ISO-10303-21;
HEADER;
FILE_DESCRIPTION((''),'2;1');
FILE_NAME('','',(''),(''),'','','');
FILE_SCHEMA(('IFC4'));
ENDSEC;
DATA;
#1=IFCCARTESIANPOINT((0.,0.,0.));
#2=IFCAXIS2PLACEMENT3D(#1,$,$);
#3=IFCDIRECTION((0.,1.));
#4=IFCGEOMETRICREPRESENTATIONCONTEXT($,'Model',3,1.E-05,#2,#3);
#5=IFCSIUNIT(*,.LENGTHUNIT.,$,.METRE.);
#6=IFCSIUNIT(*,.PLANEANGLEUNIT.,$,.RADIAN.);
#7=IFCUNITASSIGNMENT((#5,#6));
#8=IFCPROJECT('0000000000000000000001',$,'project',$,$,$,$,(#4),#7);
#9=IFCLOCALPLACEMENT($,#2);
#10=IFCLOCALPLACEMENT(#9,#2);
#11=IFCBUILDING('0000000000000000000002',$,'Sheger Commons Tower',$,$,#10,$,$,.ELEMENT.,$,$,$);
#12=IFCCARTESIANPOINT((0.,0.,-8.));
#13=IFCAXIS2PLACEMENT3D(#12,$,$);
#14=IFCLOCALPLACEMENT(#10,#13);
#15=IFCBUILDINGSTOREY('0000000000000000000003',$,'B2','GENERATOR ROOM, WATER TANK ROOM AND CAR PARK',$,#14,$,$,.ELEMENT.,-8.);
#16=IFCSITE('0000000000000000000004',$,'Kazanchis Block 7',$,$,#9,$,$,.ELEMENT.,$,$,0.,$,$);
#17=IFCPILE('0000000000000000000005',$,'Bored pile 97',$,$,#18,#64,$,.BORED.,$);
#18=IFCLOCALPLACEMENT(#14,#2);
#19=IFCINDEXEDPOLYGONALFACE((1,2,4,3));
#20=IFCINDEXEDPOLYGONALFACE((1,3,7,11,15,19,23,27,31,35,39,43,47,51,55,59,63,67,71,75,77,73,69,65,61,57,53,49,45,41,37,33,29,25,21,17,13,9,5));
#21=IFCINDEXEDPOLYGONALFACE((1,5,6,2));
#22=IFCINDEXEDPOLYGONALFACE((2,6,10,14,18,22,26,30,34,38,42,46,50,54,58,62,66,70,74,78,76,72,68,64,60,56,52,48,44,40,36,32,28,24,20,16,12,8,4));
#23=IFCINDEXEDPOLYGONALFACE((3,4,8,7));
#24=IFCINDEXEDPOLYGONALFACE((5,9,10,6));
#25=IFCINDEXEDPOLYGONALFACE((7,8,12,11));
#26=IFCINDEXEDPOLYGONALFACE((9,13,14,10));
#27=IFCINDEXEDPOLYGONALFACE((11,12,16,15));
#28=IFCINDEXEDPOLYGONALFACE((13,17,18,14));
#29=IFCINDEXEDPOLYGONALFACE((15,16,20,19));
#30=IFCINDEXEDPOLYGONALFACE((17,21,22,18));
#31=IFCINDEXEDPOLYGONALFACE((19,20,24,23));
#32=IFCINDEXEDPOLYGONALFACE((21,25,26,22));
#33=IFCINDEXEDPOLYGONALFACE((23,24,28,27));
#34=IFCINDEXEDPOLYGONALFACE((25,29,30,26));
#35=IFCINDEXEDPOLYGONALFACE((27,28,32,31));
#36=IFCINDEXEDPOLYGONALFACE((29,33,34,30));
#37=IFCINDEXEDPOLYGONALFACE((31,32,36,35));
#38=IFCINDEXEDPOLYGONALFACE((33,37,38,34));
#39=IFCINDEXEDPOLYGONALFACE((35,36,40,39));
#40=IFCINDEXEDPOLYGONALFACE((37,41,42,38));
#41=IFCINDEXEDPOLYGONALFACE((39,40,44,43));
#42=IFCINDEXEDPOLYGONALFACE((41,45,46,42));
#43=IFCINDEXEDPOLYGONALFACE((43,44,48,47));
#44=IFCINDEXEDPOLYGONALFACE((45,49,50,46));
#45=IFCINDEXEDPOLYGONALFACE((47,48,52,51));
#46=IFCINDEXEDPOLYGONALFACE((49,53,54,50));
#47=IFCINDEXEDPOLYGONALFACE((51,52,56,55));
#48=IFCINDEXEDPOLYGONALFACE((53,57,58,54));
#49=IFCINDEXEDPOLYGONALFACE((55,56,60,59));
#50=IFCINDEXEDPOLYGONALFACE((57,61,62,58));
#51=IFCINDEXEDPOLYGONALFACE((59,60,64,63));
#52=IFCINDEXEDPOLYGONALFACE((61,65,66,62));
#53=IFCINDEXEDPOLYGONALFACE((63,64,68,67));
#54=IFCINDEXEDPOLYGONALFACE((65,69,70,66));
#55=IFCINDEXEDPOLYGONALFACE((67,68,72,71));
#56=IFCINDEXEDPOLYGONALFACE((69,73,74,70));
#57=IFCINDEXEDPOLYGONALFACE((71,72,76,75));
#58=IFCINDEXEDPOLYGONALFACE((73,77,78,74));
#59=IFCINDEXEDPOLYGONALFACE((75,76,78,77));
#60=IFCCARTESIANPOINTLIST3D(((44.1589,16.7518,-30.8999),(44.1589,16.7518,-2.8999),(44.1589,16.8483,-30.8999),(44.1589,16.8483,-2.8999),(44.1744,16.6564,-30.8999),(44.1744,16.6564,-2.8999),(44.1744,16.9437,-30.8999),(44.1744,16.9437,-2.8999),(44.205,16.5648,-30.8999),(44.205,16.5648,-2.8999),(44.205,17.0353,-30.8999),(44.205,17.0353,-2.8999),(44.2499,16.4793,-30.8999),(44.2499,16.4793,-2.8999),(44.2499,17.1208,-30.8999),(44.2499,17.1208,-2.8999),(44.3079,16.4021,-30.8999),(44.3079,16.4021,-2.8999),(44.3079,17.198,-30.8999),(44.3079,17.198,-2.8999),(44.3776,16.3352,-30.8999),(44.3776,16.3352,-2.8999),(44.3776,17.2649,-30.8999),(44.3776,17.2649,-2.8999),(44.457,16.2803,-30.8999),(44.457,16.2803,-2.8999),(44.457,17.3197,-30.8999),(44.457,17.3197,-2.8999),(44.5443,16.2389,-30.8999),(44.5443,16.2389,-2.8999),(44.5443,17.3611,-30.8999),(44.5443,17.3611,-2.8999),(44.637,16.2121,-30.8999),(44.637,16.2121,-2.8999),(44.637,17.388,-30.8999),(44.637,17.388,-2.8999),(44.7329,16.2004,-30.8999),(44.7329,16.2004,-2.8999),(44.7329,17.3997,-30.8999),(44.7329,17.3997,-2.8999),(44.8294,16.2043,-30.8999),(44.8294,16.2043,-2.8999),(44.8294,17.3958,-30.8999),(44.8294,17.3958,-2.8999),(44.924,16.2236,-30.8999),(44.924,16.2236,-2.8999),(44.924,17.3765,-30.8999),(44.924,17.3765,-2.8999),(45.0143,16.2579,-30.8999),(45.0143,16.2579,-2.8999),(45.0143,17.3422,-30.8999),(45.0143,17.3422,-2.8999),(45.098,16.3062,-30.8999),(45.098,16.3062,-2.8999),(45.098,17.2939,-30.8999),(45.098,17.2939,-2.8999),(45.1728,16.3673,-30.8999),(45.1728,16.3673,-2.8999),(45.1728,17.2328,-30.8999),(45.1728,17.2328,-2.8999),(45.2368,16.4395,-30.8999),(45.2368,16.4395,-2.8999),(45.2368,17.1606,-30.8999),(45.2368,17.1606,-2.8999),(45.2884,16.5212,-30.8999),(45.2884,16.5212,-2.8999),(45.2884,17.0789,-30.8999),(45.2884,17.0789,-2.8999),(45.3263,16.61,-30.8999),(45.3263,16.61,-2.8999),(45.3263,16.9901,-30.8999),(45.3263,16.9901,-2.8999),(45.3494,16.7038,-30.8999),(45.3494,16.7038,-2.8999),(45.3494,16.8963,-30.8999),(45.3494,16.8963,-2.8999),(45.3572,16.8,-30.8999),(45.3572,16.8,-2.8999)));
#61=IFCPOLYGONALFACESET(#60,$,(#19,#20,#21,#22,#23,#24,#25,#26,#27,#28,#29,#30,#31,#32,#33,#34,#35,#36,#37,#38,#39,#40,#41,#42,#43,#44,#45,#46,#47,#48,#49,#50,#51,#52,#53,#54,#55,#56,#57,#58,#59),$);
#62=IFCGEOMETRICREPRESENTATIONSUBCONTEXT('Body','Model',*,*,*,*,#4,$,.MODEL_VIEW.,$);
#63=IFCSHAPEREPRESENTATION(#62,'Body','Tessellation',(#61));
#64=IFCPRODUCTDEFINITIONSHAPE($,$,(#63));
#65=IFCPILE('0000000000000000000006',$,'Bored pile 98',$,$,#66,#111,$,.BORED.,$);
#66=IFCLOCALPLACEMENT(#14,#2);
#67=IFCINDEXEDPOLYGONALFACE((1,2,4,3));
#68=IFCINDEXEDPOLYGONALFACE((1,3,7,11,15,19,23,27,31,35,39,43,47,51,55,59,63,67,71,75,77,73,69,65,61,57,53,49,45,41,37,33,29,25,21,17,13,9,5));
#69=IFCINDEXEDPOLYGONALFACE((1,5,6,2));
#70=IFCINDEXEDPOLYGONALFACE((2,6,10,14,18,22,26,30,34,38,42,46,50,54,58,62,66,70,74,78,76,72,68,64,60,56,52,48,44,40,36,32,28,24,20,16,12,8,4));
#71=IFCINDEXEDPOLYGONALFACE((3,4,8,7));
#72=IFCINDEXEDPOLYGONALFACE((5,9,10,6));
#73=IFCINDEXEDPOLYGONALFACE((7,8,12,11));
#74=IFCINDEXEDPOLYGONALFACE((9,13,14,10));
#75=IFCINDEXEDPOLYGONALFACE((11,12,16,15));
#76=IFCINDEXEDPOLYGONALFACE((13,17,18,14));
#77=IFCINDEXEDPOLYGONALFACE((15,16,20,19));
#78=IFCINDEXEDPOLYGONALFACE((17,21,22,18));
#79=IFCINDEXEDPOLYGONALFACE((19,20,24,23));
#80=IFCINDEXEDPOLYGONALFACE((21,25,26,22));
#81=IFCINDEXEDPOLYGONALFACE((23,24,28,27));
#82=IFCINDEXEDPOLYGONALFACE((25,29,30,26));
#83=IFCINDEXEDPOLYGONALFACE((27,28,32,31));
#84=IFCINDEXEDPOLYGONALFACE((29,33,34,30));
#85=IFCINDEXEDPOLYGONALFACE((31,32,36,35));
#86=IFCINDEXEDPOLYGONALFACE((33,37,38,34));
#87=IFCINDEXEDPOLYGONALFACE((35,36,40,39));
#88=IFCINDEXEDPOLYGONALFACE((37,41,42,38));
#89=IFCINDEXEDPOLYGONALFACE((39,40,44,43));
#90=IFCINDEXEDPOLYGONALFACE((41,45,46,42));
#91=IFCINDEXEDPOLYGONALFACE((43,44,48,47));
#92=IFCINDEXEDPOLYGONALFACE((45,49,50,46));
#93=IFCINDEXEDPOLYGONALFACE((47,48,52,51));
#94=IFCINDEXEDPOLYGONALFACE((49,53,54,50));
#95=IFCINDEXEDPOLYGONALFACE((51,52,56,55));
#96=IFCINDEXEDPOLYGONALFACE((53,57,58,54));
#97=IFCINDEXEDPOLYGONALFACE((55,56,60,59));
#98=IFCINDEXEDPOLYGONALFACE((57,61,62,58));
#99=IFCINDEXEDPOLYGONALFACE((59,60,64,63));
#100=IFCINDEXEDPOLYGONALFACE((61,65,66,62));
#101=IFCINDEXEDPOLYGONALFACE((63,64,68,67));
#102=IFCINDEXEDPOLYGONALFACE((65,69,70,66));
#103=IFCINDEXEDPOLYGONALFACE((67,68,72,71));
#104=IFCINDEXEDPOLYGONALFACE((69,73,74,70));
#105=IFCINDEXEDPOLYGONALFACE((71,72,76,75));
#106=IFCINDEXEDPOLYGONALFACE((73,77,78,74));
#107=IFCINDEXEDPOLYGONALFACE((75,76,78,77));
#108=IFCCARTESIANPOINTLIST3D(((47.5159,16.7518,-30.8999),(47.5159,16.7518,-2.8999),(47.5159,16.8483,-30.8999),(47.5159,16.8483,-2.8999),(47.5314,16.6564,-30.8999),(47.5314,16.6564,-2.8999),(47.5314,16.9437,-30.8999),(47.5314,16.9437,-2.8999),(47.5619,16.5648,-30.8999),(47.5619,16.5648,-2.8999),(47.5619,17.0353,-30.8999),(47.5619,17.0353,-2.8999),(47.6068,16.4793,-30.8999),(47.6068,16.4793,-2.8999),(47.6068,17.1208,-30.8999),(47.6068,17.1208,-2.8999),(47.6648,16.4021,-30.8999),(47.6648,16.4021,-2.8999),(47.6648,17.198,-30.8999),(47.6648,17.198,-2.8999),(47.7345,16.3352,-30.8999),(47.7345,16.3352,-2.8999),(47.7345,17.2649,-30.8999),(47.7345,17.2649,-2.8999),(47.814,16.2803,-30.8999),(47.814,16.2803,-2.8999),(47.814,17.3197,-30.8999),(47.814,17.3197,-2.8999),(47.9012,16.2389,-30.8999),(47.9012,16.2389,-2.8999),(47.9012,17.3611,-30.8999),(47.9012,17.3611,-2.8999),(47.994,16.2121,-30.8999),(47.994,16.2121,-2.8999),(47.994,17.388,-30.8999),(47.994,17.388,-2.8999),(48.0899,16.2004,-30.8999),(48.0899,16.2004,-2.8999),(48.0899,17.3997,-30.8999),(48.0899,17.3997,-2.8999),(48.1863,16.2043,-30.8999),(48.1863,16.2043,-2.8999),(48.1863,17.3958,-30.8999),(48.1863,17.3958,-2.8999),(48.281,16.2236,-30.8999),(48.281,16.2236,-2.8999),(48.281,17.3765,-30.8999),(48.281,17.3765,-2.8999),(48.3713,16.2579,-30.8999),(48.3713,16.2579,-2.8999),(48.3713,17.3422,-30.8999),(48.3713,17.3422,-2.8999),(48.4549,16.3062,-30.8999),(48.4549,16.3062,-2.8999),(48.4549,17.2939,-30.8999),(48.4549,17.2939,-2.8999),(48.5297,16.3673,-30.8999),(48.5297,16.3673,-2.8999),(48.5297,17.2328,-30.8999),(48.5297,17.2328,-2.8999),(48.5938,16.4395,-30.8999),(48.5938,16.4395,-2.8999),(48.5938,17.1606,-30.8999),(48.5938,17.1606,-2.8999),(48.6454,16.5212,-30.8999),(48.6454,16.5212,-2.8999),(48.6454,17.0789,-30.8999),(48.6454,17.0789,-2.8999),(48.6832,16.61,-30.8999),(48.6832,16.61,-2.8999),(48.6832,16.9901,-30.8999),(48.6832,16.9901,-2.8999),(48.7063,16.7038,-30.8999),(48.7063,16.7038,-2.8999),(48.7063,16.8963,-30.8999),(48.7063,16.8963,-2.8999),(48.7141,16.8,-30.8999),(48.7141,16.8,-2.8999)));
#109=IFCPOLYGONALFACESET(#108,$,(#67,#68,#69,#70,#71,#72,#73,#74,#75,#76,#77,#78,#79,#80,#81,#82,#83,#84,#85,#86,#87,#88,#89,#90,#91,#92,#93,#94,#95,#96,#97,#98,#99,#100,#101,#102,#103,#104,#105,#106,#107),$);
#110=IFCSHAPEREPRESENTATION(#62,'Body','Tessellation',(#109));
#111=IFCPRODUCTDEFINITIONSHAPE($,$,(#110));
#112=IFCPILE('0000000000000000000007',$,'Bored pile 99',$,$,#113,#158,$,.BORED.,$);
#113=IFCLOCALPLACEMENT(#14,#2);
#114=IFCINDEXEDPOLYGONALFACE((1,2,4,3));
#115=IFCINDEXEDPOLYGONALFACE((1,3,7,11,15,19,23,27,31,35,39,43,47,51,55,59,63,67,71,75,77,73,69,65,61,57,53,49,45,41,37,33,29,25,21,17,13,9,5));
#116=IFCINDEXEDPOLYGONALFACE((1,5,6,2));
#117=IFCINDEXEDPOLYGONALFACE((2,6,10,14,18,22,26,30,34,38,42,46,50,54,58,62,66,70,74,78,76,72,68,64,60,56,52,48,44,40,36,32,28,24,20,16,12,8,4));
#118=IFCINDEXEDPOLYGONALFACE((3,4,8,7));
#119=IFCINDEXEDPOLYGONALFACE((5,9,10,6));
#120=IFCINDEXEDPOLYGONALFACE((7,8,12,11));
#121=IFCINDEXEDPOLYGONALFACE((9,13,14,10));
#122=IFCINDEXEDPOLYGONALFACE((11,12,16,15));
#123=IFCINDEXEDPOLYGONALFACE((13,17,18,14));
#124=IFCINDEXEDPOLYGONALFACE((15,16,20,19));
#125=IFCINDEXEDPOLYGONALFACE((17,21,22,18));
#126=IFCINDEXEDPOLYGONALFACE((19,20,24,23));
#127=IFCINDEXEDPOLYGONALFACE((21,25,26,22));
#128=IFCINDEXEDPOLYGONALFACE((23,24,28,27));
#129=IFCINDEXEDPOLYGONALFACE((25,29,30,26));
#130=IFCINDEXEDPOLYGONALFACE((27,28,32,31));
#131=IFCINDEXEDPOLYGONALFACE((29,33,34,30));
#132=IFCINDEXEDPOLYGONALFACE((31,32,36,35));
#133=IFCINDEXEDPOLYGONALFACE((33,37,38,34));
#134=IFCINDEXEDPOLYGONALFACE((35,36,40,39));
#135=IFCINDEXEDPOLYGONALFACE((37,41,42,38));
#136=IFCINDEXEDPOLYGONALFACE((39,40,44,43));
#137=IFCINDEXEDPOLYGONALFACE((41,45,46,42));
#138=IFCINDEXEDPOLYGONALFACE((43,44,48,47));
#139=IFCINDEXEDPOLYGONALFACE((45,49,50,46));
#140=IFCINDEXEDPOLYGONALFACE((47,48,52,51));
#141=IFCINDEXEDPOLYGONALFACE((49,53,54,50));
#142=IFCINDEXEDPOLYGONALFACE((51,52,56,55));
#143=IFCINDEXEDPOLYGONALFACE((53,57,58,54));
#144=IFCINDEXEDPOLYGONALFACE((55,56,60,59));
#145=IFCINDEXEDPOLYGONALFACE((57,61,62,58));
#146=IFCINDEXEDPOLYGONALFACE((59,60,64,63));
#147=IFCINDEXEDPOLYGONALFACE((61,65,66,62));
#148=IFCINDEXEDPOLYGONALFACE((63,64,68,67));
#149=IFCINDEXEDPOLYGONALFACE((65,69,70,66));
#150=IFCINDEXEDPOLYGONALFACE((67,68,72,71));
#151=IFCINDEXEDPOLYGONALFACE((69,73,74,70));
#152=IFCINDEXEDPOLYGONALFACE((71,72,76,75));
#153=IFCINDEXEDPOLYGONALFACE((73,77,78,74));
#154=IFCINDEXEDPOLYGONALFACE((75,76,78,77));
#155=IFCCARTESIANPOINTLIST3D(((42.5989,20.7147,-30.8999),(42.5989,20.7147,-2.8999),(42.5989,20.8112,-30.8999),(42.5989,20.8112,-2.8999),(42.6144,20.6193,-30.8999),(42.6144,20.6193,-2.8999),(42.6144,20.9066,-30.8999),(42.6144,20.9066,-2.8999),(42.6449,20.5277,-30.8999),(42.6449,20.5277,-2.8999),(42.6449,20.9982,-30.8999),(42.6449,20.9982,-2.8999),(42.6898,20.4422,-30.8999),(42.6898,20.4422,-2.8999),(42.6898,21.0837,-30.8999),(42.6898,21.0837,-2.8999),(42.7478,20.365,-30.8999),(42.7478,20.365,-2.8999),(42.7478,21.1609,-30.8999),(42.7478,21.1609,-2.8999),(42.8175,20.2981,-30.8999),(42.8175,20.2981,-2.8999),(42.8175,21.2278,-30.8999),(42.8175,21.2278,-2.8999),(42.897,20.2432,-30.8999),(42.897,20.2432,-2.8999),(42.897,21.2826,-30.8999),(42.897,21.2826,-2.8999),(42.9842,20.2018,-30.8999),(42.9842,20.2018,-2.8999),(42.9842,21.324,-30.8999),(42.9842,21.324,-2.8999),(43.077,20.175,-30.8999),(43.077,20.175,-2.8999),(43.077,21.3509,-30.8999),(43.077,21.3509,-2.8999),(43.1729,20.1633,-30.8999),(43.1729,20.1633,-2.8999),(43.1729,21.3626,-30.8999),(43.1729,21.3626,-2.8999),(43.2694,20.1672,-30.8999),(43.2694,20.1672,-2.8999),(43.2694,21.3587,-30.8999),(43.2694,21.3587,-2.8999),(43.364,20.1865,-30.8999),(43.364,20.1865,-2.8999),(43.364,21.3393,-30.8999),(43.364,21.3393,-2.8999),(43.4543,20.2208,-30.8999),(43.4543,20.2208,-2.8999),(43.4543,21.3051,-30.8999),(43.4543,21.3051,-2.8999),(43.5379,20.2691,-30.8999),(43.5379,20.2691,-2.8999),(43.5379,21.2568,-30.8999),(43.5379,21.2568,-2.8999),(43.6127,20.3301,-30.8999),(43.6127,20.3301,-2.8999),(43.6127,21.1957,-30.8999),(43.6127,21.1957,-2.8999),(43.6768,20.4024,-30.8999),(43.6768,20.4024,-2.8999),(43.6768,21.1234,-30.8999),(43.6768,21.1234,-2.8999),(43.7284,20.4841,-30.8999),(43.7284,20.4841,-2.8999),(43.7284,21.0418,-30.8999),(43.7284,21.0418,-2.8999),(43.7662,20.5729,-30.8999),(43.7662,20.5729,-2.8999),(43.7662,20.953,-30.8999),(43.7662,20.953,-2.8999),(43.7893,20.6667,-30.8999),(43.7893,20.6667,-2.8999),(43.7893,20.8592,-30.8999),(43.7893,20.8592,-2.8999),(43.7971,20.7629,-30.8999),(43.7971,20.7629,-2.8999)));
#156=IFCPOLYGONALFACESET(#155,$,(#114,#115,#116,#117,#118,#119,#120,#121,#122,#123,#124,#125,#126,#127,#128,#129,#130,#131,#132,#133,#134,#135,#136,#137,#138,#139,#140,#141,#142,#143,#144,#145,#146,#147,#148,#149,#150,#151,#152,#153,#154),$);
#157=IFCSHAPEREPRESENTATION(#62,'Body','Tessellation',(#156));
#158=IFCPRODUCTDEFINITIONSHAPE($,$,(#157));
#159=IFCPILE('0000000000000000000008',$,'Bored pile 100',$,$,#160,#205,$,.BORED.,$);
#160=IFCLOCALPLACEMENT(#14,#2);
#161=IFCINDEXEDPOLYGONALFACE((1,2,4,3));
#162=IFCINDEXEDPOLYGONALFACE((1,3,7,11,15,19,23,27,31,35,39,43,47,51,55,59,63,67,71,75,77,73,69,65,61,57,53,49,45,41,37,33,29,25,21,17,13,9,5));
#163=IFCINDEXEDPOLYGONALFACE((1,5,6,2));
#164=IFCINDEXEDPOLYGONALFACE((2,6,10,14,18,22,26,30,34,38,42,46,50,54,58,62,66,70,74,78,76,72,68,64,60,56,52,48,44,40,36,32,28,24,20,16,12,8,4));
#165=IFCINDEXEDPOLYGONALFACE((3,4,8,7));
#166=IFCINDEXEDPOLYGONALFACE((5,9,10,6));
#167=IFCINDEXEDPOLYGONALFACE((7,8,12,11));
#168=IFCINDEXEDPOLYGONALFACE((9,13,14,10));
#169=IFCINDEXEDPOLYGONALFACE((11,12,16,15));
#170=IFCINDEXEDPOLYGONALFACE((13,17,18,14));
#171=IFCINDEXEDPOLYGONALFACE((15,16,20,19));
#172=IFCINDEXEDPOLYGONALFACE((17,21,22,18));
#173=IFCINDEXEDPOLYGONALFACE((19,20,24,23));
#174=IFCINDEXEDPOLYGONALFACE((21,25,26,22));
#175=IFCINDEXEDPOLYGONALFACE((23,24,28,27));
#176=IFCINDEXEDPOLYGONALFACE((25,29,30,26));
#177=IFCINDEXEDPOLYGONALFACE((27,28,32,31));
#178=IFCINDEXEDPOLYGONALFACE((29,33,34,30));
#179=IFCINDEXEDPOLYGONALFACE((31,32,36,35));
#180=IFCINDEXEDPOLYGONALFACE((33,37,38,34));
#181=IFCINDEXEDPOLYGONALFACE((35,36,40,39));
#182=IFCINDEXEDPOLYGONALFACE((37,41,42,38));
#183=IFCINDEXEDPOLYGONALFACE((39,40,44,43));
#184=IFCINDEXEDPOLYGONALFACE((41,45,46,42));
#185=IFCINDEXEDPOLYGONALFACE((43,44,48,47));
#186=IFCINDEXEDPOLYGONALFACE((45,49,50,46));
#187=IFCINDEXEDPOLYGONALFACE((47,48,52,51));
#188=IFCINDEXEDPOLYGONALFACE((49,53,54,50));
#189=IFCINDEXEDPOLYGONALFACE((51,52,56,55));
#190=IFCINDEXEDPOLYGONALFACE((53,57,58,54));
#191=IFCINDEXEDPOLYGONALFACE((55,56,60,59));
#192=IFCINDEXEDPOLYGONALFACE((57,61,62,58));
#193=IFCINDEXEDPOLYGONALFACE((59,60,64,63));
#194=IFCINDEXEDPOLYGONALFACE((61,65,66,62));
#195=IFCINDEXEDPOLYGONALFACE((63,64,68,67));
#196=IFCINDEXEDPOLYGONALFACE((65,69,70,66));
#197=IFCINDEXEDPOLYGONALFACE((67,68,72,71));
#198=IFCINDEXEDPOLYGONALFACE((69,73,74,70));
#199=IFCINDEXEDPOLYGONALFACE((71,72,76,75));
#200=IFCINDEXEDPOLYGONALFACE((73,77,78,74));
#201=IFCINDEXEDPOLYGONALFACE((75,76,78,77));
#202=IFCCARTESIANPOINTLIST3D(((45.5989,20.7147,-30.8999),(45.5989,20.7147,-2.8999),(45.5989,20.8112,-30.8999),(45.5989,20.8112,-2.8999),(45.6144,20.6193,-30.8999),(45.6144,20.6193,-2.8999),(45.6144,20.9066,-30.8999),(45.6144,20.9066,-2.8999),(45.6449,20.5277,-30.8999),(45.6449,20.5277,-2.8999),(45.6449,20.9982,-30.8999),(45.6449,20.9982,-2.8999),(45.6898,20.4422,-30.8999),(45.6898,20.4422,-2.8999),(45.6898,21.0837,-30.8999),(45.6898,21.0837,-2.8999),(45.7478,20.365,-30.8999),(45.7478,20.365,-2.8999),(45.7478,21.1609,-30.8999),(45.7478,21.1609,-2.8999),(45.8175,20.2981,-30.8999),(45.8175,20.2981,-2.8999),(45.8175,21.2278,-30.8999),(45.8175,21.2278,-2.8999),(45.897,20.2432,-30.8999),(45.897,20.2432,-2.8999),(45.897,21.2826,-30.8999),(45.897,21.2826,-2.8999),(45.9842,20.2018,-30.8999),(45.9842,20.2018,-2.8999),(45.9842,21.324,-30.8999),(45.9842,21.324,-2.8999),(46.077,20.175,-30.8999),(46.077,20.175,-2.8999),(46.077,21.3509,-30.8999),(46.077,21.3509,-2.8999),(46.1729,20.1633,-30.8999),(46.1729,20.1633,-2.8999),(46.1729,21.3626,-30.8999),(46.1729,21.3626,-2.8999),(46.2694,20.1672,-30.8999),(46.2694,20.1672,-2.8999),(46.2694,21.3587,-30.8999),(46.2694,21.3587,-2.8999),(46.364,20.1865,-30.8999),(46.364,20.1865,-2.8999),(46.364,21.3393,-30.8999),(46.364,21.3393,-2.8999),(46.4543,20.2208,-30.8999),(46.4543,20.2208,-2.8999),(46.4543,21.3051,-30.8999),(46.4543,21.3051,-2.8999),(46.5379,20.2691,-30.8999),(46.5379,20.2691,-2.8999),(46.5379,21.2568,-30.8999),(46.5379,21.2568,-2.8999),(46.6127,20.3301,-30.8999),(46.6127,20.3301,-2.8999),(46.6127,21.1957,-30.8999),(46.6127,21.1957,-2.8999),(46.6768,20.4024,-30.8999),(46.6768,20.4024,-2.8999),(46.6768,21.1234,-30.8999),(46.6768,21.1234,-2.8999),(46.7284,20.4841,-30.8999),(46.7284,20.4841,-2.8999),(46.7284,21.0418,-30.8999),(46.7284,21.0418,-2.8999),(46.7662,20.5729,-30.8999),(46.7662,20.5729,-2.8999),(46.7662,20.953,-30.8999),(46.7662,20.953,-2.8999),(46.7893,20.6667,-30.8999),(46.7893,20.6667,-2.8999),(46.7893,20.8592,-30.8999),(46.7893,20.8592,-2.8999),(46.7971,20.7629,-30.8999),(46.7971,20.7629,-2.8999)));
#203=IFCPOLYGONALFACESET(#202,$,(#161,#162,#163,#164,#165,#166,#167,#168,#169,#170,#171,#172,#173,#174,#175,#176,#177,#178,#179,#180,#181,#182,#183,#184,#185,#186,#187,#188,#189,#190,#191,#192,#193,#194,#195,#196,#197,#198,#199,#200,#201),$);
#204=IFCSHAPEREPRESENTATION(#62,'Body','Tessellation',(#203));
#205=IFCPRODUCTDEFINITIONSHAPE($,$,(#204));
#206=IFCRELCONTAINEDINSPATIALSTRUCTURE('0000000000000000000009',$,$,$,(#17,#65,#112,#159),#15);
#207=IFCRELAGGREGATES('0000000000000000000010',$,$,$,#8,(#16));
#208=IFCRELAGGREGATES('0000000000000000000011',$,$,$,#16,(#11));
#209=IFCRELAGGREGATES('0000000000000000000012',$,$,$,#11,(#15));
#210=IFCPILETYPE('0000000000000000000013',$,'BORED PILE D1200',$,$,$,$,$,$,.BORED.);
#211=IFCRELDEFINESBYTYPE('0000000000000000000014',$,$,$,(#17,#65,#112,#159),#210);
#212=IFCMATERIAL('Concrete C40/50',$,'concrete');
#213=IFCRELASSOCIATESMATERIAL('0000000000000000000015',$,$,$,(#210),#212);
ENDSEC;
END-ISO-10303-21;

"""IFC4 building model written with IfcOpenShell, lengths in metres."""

from ifc_helpers import new_model, si_unit, direction, frame, origin, origin_2d, place, context, subcontext, project, spatial, circle, extrude, material, material_profile, profile_set, type_object, element, save


model = new_model("IFC4")

# Units and contexts
model_context = context("Model", 3, precision=1e-05, world=origin(), true_north=direction((0.0, 1.0)))
body_context = subcontext(model_context, "Body", "Model", "MODEL_VIEW")
ifc_project = project(units=[si_unit("LENGTHUNIT", "METRE"), si_unit("PLANEANGLEUNIT", "RADIAN")], contexts=[model_context])

# Site, building, storey
site_placement = place(None, origin())
site = spatial("IfcSite", under=ifc_project, at=site_placement, Name="Kazanchis Block 7", CompositionType="ELEMENT", RefElevation=0.0)
building_placement = place(site_placement, origin())
building = spatial("IfcBuilding", under=site, at=building_placement, Name="Sheger Commons Tower", CompositionType="ELEMENT")
storey_placement = place(building_placement, frame((0.0, 0.0, -8.0)))
storey = spatial("IfcBuildingStorey", under=building, at=storey_placement, Name="B2", Description="GENERATOR ROOM, WATER TANK ROOM AND CAR PARK", CompositionType="ELEMENT", Elevation=-8.0)

# Piles
ifc_material_1 = material(Name="Concrete C40/50", Category="concrete")
ifc_material_profile_1 = material_profile(ifc_material_1, circle(Radius=0.6001, at=origin_2d()), Name="PILE D1200")
ifc_profile_set_1 = profile_set([ifc_material_profile_1], Name="Concrete C40/50")
pile_type = type_object("IfcPileType", Name="BORED PILE D1200", PredefinedType="BORED", material=ifc_profile_set_1)
for number, where, z_axis, x_axis, name in (
    (1, (44.7571, 16.8, -2.8999), (0.0, 0.0, -1.0), (1.0, 0.0, 0.0), "Bored pile 97"),
    (2, (48.114, 16.8, -2.8999), (0.0, 0.0, -1.0), (1.0, 0.0, 0.0), "Bored pile 98"),
    (3, (43.197, 20.7629, -2.8999), (0.0, 0.0, -1.0), (1.0, 0.0, 0.0), "Bored pile 99"),
    (4, (46.197, 20.7629, -2.8999), (0.0, 0.0, -1.0), (1.0, 0.0, 0.0), "Bored pile 100"),
):
    element("IfcPile", number, at=place(storey_placement, frame(where, z_axis=z_axis, x_axis=x_axis)), inside=storey, type_object=pile_type, Name=name, PredefinedType="BORED", context=body_context, shape_type="SweptSolid", body=[
        extrude(circle(Radius=0.6001, at=origin_2d()), origin(), (0.0, 0.0, 1.0), 28.0),
    ])

save(model, "model.ifc")
